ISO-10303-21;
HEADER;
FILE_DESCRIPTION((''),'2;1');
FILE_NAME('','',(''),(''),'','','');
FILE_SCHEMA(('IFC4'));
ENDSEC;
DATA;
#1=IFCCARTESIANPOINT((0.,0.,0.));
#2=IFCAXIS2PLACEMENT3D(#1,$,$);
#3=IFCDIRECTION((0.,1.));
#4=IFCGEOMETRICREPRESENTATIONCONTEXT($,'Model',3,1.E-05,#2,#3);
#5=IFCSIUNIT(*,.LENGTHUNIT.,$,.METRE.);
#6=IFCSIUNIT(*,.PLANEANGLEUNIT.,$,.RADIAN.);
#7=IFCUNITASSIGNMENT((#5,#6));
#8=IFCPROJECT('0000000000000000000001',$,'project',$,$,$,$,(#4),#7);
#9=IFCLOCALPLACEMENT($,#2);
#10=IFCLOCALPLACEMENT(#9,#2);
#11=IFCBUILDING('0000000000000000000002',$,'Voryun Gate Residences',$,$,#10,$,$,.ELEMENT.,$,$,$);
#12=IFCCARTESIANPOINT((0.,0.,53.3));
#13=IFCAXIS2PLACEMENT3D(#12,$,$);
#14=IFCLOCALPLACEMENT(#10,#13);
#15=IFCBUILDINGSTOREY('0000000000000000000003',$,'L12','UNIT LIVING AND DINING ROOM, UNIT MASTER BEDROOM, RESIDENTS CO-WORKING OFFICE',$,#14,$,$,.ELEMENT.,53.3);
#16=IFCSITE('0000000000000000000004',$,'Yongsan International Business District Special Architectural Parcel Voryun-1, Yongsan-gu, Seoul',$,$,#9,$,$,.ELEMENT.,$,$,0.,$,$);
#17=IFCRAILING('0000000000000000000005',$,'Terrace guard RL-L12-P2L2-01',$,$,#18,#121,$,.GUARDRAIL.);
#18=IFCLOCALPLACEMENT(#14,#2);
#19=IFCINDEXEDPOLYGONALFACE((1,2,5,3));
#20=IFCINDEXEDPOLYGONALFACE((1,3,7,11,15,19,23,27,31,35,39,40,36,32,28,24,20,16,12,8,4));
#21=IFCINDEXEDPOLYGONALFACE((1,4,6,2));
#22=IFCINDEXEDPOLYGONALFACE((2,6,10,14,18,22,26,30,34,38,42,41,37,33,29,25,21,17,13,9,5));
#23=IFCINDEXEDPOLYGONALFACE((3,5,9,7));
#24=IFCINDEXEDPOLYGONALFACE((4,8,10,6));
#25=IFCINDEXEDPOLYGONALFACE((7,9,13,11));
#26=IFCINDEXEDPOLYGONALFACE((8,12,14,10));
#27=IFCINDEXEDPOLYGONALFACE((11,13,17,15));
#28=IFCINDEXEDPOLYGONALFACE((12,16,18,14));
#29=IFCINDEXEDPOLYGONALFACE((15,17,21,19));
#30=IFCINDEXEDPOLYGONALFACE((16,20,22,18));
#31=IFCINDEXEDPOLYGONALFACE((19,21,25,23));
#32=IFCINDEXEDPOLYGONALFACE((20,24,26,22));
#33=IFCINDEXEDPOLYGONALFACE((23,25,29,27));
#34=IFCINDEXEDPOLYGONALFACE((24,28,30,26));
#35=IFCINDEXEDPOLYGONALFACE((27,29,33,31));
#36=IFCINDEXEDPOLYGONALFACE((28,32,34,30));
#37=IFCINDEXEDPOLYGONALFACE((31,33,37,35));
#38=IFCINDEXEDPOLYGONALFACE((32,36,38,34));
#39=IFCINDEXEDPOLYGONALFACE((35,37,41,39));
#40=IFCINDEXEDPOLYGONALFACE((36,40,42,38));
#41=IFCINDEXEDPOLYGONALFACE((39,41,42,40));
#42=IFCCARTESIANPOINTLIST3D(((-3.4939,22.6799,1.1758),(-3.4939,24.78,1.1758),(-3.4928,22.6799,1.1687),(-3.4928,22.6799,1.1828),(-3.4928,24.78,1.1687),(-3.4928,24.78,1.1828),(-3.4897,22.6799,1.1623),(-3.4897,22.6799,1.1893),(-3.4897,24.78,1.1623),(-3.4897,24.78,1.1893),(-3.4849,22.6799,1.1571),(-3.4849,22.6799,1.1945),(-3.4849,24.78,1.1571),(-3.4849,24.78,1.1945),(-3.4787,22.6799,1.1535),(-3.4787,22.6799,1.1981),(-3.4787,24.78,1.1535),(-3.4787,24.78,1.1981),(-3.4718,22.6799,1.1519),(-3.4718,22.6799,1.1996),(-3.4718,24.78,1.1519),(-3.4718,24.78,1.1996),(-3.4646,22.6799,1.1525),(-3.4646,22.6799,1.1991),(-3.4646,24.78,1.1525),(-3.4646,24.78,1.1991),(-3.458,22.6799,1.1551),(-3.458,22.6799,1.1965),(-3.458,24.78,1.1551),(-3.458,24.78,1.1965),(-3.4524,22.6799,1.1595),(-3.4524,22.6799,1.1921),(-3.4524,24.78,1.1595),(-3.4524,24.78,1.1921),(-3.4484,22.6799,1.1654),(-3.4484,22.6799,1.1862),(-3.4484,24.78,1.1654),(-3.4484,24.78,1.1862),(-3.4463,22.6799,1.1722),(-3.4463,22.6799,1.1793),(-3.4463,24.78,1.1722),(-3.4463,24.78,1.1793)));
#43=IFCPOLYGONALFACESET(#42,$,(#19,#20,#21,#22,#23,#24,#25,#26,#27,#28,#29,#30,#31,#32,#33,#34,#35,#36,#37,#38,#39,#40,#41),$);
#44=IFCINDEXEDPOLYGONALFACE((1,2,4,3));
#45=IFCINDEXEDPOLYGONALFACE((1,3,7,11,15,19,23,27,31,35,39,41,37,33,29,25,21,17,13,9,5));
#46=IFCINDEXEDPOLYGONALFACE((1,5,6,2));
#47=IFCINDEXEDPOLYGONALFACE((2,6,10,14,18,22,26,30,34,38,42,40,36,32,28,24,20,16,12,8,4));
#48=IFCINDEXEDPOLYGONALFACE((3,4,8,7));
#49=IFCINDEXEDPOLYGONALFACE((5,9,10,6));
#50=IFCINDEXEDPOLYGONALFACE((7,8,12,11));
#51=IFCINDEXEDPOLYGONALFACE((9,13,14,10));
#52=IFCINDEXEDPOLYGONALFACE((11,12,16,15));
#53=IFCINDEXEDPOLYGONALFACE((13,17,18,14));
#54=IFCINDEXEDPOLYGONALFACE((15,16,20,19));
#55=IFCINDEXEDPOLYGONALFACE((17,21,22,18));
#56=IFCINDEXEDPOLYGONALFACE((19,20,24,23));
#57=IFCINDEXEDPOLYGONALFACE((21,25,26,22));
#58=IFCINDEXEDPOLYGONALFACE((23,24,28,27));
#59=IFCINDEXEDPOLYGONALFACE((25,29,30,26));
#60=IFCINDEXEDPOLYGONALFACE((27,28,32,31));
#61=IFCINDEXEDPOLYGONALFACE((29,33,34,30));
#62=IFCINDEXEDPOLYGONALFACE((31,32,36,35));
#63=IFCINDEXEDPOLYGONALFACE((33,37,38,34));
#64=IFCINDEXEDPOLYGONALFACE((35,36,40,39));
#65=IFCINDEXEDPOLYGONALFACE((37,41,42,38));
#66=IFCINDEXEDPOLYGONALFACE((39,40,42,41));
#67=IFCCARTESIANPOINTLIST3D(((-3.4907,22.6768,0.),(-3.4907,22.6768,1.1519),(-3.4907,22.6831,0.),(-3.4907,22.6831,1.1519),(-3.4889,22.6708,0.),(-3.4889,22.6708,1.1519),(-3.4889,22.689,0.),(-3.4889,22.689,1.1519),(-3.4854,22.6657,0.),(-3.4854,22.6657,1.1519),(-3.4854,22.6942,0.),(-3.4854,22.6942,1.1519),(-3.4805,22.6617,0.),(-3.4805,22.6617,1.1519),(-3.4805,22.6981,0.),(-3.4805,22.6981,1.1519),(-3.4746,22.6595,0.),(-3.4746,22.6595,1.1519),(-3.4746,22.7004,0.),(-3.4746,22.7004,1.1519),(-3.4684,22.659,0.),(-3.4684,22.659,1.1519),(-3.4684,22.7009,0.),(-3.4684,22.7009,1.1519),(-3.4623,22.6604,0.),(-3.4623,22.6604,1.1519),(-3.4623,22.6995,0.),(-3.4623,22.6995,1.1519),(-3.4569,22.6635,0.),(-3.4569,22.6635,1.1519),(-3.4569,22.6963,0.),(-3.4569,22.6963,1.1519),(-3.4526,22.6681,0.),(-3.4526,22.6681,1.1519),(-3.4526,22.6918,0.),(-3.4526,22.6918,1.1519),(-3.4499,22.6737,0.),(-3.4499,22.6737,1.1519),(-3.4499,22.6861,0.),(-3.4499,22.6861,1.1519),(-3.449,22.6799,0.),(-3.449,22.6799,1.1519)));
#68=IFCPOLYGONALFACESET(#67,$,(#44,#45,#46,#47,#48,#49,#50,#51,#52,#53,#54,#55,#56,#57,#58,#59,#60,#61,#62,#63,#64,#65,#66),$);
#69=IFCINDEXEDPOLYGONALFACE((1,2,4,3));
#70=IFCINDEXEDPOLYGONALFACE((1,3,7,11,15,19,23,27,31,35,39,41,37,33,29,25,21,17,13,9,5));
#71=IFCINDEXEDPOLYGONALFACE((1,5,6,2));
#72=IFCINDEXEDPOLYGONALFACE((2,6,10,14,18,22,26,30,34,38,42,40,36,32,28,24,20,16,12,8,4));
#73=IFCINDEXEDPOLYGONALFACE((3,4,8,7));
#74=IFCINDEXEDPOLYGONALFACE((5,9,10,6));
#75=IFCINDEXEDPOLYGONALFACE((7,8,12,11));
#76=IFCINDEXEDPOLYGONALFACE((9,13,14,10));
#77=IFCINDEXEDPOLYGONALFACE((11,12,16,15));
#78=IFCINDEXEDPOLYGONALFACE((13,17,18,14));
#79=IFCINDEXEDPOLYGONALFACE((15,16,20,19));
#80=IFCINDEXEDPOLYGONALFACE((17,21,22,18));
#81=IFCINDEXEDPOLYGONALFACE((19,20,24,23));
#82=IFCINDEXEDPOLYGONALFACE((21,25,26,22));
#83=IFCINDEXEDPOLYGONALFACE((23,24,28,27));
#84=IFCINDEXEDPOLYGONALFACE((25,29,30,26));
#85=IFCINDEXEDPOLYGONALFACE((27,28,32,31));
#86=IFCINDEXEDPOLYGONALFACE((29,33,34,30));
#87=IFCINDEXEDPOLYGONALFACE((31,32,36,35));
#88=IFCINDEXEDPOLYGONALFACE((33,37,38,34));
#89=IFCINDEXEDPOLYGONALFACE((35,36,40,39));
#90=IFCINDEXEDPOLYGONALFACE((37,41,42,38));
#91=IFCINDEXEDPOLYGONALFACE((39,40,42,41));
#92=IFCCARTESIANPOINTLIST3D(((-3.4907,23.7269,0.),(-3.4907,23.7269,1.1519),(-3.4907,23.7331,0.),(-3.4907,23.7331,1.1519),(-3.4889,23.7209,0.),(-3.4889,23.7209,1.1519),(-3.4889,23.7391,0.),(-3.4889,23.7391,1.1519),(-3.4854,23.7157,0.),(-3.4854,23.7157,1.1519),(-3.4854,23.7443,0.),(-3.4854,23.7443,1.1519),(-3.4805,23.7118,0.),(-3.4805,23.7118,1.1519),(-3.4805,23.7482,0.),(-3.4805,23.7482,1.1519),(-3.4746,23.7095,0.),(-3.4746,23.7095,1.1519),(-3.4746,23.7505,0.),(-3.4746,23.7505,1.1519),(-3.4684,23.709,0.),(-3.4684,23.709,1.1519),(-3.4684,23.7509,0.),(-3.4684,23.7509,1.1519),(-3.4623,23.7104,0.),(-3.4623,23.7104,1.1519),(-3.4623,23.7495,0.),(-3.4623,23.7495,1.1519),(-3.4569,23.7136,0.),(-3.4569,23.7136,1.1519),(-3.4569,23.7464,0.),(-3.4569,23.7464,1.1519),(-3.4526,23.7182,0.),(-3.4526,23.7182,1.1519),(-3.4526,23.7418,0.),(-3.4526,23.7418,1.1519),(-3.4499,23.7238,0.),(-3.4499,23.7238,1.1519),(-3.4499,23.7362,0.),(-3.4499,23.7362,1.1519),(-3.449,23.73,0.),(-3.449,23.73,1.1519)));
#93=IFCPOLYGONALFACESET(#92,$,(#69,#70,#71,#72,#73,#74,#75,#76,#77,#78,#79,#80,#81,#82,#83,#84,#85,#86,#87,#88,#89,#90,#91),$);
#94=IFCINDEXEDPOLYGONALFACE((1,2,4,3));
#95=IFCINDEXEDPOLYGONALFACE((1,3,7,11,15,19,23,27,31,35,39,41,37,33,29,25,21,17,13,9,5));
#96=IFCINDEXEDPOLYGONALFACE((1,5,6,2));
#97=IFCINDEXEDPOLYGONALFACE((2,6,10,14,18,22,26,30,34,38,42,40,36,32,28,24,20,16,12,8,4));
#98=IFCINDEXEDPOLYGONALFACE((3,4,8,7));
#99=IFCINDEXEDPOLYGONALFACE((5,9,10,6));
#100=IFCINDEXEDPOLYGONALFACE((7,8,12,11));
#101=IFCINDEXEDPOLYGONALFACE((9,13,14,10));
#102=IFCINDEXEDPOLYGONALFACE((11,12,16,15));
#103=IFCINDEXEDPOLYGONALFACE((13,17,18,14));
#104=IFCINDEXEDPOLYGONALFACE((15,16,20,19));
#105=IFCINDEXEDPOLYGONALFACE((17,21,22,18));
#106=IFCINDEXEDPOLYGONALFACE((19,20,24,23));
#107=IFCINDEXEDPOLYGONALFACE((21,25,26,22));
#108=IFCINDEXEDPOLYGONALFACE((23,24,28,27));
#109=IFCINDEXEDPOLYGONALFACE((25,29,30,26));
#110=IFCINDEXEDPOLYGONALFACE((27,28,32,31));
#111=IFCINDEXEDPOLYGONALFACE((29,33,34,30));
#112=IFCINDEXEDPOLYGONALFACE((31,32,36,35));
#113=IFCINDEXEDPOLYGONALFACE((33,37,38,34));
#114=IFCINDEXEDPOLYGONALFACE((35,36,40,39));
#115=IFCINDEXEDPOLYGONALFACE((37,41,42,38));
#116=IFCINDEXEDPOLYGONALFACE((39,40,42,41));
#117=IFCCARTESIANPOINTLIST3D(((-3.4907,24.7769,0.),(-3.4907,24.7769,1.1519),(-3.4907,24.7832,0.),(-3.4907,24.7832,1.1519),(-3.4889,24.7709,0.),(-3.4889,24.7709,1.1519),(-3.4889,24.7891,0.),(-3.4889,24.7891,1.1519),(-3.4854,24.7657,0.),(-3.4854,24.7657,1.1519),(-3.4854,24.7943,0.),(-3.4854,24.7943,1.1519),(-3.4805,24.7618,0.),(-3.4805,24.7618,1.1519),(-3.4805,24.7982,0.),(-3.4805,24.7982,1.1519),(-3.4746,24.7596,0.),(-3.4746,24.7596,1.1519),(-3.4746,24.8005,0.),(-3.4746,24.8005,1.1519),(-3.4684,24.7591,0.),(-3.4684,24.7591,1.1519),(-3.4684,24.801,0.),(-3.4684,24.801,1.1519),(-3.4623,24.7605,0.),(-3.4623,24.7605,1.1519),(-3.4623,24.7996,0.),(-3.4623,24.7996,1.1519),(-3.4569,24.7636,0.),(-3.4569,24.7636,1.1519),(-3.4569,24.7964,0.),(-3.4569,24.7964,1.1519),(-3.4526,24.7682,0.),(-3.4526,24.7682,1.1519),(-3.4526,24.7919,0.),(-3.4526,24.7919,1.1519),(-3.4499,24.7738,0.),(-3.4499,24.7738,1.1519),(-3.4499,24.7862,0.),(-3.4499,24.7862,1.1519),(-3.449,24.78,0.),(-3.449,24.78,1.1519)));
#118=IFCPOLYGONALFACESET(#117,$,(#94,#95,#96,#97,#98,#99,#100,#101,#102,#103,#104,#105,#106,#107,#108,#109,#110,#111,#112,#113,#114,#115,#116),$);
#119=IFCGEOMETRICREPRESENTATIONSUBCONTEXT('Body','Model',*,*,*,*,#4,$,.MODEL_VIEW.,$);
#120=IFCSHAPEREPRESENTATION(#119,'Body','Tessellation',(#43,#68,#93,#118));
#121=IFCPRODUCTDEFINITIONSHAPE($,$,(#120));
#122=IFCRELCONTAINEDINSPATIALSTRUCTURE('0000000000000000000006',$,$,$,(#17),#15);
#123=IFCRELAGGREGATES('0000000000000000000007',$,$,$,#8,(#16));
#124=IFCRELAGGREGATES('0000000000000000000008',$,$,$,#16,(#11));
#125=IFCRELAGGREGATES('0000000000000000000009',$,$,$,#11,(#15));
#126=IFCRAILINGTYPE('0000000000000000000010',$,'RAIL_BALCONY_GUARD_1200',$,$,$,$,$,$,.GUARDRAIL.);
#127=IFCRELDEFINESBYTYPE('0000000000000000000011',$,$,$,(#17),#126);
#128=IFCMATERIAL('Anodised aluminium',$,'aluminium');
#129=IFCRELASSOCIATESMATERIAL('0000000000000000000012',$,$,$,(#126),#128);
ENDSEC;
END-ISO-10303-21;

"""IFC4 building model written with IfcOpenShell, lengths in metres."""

from ifc_helpers import new_model, si_unit, direction, frame, origin, origin_2d, place, context, subcontext, project, spatial, circle, extrude, material, type_object, element, save


model = new_model("IFC4")

# Units and contexts
model_context = context("Model", 3, precision=1e-05, world=origin(), true_north=direction((0.0, 1.0)))
body_context = subcontext(model_context, "Body", "Model", "MODEL_VIEW")
ifc_project = project(units=[si_unit("LENGTHUNIT", "METRE"), si_unit("PLANEANGLEUNIT", "RADIAN")], contexts=[model_context])

# Site, building, storey
site_placement = place(None, origin())
site = spatial("IfcSite", under=ifc_project, at=site_placement, Name="Yongsan International Business District Special Architectural Parcel Voryun-1, Yongsan-gu, Seoul", CompositionType="ELEMENT", RefElevation=0.0)
building_placement = place(site_placement, origin())
building = spatial("IfcBuilding", under=site, at=building_placement, Name="Voryun Gate Residences", CompositionType="ELEMENT")
storey_placement = place(building_placement, frame((0.0, 0.0, 53.3)))
storey = spatial("IfcBuildingStorey", under=building, at=storey_placement, Name="L12", Description="UNIT LIVING AND DINING ROOM, UNIT MASTER BEDROOM, RESIDENTS CO-WORKING OFFICE", CompositionType="ELEMENT", Elevation=53.3)

# Railing
ifc_material_1 = material(Name="Anodised aluminium", Category="aluminium")
railing_type = type_object("IfcRailingType", Name="RAIL_BALCONY_GUARD_1200", PredefinedType="GUARDRAIL", material=ifc_material_1)
railing_1_placement = place(storey_placement, frame((-3.47, 22.6799, 0.0)))
element("IfcRailing", 1, at=railing_1_placement, inside=storey, type_object=railing_type, Name="Terrace guard RL-L12-P2L2-01", PredefinedType="GUARDRAIL", context=body_context, shape_type="SweptSolid", body=[
    extrude(circle(Radius=0.0239, at=origin_2d()), frame((0.0, 0.0, 1.1758), z_axis=(0.0, 1.0, 0.0), x_axis=(-1.0, 0.0, 0.0)), (0.0, 0.0, 1.0), 2.1001),
    extrude(circle(Radius=0.021, at=origin_2d()), origin(), (0.0, 0.0, 1.0), 1.1519),
    extrude(circle(Radius=0.021, at=origin_2d()), frame((0.0, 1.05, 0.0)), (0.0, 0.0, 1.0), 1.1519),
    extrude(circle(Radius=0.021, at=origin_2d()), frame((0.0, 2.1001, 0.0)), (0.0, 0.0, 1.0), 1.1519),
])

save(model, "model.ifc")
